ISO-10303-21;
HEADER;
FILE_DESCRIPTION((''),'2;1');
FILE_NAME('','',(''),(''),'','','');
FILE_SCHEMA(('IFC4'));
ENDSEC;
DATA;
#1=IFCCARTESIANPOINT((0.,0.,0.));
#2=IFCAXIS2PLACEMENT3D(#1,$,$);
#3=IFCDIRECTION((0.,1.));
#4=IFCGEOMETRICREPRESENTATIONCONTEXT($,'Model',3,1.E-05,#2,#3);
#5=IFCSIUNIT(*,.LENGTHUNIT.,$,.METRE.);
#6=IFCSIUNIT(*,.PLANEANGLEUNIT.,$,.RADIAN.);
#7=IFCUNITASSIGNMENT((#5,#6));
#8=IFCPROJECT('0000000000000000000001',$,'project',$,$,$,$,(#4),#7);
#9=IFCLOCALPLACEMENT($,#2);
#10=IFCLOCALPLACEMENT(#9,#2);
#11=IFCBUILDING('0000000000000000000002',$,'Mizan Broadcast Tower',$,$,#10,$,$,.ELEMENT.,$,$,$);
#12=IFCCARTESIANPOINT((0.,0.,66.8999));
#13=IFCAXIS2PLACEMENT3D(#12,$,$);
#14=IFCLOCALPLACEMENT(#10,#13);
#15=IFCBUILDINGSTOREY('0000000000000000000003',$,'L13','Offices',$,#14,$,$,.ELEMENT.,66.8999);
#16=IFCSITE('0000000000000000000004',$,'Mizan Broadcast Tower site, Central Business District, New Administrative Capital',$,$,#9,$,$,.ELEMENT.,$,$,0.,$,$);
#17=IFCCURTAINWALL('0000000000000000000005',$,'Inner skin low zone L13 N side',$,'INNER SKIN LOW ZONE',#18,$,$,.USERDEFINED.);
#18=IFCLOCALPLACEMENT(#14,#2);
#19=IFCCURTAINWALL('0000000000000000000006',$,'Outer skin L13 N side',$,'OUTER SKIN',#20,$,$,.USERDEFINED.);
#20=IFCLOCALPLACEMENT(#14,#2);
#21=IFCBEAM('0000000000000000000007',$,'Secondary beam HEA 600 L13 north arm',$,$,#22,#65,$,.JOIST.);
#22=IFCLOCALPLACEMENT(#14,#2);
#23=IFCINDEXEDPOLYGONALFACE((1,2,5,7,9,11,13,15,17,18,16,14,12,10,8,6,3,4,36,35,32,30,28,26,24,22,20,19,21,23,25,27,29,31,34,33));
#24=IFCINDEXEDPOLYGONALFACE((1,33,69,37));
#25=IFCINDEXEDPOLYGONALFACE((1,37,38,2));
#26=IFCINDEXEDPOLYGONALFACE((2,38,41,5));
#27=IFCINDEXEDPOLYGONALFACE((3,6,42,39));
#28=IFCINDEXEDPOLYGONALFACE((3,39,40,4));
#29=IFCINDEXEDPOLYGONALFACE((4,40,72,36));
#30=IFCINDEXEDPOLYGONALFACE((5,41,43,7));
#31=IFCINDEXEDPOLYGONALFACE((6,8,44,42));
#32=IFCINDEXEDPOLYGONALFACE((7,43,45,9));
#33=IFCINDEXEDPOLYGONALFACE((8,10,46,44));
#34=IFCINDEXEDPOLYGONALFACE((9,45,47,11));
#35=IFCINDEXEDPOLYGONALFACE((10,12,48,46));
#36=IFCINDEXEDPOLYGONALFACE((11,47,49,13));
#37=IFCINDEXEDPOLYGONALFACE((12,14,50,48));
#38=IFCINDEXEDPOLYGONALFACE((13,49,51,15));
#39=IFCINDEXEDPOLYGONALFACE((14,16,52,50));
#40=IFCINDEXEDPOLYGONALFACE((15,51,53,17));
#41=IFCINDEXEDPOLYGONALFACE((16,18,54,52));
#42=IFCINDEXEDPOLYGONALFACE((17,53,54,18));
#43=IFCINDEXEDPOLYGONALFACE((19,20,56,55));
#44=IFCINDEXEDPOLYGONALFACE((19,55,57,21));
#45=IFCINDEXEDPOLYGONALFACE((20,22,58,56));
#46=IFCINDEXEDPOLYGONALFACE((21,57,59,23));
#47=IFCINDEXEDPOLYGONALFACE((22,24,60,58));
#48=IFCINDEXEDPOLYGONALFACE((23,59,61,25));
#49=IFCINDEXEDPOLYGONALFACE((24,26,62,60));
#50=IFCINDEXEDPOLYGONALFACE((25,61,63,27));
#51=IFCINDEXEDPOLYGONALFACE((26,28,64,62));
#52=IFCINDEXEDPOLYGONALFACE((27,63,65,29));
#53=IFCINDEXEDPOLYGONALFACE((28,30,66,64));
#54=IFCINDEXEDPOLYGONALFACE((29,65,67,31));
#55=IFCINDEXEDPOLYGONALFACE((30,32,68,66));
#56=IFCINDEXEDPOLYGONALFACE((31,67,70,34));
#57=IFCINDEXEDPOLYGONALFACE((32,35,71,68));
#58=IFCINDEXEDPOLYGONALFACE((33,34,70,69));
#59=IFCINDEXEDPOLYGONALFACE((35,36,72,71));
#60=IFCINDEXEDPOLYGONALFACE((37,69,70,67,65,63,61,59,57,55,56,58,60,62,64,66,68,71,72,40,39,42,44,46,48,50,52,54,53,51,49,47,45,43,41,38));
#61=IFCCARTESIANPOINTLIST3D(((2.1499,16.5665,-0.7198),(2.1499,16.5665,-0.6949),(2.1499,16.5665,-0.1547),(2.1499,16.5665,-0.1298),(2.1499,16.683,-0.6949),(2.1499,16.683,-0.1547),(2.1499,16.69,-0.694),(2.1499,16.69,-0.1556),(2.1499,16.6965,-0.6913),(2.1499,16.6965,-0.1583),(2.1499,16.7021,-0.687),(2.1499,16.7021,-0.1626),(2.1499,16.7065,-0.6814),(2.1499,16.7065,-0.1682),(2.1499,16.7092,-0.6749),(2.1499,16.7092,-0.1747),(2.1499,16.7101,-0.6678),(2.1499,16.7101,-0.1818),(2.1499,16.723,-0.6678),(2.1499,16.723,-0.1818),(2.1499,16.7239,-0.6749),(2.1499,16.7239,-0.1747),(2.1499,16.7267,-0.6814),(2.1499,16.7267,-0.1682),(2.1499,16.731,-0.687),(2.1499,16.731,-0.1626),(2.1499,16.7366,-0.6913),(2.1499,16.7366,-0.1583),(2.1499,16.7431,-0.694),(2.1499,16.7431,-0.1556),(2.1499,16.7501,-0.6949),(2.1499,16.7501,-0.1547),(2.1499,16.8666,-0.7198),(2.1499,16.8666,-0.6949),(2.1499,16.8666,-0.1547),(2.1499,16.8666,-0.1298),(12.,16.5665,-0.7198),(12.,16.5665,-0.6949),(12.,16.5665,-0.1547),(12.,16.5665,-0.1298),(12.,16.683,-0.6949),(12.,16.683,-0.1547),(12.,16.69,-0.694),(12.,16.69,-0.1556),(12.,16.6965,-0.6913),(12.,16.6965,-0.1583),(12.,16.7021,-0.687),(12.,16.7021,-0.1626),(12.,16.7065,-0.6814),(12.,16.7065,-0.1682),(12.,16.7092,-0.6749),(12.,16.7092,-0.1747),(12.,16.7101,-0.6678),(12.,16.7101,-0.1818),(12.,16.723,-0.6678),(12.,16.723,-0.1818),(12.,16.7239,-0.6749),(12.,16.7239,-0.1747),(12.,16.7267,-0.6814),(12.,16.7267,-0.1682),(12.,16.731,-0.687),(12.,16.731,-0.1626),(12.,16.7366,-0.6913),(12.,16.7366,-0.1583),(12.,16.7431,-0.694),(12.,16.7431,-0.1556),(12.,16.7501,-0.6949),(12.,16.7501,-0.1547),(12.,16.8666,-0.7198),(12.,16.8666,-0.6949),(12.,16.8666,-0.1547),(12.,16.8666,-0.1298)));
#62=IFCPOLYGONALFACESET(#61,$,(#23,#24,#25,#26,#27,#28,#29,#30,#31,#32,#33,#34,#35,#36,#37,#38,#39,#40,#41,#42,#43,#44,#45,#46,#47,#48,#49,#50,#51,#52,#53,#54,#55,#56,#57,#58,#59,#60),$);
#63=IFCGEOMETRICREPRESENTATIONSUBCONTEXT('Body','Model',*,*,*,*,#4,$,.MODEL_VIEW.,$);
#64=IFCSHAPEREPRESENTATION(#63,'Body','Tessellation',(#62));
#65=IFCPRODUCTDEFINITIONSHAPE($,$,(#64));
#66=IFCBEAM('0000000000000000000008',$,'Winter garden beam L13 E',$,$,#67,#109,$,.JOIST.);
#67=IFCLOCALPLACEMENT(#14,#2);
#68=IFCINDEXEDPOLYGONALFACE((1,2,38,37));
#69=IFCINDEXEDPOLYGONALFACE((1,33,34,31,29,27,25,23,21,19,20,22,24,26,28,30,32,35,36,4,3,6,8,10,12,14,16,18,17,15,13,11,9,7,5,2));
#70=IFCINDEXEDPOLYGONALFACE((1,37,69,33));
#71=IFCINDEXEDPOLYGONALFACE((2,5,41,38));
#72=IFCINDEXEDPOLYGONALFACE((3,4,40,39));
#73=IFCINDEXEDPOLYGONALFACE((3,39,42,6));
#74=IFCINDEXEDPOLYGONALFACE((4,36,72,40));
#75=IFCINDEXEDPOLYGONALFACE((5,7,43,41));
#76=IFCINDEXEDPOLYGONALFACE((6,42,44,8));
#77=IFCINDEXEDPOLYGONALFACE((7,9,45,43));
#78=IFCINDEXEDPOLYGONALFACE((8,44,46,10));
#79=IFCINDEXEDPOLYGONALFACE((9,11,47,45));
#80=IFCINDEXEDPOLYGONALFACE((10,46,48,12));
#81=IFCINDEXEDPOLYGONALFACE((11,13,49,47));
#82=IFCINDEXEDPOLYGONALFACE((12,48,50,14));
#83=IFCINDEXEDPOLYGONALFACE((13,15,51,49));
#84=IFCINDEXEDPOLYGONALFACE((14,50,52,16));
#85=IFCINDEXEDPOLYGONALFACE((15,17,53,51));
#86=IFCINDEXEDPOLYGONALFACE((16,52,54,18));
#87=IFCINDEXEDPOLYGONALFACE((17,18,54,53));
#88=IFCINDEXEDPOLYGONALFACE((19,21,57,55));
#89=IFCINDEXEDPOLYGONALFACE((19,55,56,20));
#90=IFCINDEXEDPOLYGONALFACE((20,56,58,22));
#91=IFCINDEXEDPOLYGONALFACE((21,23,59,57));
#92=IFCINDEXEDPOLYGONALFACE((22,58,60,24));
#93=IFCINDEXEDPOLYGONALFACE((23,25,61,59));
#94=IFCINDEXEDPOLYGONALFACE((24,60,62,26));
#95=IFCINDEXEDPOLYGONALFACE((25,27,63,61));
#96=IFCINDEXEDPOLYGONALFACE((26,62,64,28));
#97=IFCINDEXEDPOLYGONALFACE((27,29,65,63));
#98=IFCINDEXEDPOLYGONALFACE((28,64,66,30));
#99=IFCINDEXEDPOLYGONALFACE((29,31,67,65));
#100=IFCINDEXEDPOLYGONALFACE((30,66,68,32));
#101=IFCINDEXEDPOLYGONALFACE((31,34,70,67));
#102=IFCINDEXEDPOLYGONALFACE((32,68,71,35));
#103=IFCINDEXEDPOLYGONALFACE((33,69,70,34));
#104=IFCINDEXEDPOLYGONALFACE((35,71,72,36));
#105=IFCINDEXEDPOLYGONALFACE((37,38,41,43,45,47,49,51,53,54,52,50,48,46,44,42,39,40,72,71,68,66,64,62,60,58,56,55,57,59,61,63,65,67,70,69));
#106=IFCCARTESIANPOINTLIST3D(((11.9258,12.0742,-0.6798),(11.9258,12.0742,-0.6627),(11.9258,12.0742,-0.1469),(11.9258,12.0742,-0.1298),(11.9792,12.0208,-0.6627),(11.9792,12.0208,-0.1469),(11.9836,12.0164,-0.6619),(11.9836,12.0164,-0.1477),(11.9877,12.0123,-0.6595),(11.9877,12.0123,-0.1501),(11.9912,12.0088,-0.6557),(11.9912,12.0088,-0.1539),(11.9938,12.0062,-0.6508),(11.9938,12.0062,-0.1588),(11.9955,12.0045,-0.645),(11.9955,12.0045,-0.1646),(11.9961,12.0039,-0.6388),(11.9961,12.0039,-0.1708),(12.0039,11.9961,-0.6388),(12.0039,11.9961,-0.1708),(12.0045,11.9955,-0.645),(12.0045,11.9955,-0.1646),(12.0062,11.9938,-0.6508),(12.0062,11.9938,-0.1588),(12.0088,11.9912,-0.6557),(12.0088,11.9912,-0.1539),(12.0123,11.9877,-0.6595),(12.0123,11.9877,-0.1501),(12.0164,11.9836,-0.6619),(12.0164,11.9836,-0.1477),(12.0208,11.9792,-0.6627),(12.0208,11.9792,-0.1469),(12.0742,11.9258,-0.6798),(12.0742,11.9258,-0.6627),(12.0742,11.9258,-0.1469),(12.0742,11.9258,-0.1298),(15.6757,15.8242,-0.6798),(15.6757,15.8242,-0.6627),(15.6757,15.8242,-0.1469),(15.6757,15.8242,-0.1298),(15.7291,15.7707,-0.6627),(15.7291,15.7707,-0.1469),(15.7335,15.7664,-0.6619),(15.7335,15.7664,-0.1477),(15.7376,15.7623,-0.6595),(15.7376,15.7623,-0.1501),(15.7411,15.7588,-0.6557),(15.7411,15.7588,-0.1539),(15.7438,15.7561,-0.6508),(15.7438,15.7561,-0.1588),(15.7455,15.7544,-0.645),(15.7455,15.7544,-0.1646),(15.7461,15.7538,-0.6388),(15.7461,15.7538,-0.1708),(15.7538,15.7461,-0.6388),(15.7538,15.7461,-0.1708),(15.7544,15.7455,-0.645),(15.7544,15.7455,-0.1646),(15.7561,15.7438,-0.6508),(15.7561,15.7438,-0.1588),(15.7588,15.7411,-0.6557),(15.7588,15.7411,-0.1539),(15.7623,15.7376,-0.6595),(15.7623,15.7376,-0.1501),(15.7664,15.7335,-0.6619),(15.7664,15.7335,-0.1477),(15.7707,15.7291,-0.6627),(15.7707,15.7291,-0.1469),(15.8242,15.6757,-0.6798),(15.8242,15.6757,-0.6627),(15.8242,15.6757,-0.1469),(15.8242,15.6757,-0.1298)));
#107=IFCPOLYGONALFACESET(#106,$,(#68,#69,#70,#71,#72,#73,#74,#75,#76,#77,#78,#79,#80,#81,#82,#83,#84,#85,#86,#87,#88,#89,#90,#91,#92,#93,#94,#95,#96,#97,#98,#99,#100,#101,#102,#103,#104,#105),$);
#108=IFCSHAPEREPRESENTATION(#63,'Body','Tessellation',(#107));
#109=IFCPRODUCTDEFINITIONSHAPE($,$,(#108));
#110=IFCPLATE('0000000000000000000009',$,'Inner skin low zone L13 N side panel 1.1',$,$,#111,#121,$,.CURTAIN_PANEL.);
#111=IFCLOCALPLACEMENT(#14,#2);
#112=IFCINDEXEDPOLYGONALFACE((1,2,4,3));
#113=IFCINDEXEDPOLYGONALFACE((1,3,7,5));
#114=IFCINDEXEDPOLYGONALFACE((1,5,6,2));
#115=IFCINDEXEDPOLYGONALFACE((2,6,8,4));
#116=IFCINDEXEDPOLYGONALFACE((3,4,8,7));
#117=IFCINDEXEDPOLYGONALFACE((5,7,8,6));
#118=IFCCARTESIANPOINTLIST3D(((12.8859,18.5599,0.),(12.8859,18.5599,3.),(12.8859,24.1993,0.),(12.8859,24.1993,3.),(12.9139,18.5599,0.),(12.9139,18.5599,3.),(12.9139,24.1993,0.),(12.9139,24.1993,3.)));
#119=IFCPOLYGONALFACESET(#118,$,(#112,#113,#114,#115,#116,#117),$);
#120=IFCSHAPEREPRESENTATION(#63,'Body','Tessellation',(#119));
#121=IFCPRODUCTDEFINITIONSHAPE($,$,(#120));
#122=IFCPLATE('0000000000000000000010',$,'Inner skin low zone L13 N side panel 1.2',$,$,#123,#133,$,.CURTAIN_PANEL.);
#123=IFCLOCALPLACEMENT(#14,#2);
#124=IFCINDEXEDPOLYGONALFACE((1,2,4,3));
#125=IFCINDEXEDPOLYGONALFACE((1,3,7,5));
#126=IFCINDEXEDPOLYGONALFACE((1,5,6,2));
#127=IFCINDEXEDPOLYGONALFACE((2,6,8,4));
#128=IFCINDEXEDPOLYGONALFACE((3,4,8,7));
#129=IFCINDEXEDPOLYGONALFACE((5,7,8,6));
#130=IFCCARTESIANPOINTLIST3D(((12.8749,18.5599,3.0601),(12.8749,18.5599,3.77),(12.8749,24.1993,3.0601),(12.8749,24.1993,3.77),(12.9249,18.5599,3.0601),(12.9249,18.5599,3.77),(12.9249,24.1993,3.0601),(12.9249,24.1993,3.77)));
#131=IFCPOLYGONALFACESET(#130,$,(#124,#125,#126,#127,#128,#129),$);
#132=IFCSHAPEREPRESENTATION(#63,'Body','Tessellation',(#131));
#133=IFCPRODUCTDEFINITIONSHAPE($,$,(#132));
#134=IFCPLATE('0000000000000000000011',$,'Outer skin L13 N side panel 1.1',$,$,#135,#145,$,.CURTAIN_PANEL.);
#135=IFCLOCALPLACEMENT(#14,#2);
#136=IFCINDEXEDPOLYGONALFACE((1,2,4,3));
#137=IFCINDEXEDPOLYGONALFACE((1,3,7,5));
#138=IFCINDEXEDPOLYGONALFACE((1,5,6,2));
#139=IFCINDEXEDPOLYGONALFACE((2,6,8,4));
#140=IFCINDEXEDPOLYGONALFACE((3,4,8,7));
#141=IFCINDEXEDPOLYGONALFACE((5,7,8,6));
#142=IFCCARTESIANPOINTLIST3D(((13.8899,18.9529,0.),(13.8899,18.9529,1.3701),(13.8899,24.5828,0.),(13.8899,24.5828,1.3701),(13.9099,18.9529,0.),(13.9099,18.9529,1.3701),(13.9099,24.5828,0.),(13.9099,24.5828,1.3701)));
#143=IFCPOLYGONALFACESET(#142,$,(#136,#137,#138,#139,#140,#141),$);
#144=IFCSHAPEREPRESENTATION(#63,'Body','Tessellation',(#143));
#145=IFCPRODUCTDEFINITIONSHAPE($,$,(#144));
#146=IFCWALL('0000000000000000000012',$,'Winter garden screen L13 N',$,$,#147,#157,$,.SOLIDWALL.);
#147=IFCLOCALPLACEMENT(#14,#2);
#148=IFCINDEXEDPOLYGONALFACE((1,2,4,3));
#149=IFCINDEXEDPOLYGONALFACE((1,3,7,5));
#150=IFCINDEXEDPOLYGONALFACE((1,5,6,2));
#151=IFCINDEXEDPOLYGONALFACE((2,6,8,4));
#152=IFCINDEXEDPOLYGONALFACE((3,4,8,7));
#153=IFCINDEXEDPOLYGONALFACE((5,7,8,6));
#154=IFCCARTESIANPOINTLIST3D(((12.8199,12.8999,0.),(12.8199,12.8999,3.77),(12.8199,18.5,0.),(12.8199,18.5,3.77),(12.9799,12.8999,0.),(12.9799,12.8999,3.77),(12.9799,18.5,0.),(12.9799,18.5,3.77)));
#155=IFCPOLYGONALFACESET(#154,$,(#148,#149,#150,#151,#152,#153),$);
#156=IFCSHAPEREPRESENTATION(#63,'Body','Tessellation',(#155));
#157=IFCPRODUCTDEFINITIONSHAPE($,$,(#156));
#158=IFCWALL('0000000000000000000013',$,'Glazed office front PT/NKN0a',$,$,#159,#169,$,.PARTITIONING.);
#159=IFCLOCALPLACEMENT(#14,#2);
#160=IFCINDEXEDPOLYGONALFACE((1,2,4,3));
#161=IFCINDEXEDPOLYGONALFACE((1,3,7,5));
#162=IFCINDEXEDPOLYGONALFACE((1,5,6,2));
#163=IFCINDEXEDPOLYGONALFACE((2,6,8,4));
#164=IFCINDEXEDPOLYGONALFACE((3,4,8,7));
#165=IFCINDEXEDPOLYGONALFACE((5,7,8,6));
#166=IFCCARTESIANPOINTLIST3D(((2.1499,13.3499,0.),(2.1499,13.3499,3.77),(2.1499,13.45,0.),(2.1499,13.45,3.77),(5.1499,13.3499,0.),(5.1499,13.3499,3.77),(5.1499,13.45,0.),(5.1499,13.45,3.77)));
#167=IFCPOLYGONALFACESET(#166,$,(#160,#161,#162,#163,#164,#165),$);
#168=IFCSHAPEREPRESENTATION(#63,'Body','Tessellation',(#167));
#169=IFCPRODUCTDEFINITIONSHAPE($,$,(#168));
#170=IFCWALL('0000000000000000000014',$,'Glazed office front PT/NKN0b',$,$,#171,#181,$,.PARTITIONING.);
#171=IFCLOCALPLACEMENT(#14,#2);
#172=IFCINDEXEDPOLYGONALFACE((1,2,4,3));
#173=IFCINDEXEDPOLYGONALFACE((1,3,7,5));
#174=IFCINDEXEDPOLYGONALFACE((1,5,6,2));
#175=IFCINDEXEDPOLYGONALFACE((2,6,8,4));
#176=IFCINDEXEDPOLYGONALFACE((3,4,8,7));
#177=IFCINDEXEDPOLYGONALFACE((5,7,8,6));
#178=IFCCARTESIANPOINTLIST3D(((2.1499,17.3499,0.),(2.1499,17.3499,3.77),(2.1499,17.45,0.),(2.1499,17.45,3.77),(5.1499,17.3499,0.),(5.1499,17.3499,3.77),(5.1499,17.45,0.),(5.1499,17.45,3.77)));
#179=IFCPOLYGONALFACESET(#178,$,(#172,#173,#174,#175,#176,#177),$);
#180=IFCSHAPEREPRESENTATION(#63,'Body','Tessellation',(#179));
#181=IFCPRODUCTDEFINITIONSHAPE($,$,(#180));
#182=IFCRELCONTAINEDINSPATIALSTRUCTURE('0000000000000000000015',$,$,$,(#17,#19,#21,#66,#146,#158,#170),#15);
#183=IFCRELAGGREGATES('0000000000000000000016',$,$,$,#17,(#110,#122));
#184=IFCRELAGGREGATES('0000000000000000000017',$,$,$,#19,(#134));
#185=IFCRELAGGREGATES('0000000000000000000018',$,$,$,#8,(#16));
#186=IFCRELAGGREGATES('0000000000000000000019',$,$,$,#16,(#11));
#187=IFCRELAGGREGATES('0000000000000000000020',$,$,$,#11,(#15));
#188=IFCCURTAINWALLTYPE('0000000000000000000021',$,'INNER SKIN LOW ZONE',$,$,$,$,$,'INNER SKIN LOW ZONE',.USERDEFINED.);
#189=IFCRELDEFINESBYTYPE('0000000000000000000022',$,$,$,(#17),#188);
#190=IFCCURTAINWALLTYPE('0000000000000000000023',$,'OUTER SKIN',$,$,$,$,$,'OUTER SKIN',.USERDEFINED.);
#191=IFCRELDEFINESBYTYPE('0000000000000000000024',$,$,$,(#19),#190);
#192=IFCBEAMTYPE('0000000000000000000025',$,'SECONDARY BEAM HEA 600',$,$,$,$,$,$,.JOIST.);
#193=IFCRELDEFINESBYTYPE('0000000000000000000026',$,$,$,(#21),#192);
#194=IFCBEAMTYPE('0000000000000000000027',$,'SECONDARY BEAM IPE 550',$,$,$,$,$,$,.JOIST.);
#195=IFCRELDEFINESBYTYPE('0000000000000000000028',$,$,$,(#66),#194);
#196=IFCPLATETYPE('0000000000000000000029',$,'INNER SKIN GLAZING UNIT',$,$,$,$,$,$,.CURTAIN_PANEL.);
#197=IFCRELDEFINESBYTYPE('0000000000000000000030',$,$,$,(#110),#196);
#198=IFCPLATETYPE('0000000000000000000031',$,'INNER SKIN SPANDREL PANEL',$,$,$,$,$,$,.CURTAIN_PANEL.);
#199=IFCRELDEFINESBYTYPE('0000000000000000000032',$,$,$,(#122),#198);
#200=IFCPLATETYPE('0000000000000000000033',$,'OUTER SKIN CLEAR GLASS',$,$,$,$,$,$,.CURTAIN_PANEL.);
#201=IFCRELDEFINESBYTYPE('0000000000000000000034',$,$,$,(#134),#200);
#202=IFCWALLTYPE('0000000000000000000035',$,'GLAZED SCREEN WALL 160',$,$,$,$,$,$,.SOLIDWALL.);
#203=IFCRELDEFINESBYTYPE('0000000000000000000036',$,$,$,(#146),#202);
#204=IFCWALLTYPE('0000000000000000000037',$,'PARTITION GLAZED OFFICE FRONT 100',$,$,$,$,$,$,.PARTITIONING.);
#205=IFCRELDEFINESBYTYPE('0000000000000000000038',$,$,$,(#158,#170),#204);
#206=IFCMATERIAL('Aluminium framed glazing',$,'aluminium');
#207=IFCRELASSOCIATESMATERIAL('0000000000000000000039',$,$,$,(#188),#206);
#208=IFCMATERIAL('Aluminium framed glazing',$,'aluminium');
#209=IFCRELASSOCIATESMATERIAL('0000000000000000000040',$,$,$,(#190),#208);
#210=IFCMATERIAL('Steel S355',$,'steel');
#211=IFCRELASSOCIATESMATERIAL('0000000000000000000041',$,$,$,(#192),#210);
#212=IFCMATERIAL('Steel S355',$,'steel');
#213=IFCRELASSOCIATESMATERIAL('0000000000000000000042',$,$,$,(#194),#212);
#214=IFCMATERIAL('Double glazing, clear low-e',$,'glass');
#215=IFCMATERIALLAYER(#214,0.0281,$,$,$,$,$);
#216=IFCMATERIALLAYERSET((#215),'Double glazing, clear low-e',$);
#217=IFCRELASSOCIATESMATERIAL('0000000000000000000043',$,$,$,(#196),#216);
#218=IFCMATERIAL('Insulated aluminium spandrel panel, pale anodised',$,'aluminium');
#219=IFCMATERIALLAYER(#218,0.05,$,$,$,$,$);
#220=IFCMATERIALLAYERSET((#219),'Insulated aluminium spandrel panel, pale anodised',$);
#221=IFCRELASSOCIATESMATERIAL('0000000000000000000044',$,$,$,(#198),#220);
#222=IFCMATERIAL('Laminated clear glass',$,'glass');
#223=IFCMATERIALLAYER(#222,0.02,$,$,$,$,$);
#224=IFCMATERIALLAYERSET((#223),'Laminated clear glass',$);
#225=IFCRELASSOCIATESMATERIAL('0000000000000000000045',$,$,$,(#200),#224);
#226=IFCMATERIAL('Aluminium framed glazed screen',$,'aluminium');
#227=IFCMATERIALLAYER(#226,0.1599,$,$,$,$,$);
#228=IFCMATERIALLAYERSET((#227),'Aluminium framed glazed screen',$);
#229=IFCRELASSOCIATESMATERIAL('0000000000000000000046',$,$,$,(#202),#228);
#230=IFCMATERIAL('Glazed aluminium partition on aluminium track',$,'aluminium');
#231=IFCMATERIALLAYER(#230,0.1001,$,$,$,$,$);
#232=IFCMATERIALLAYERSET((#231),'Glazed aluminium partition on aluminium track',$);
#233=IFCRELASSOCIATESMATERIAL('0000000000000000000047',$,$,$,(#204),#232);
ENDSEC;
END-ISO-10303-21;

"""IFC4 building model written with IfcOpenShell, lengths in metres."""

from ifc_helpers import new_model, si_unit, direction, frame, frame_2d, origin, origin_2d, place, context, subcontext, project, spatial, rectangle, i_section, extrude, material, layer, layer_set, material_profile, profile_set, type_object, element, aggregate, save


model = new_model("IFC4")

# Units and contexts
model_context = context("Model", 3, precision=1e-05, world=origin(), true_north=direction((0.0, 1.0)))
body_context = subcontext(model_context, "Body", "Model", "MODEL_VIEW")
ifc_project = project(units=[si_unit("LENGTHUNIT", "METRE"), si_unit("PLANEANGLEUNIT", "RADIAN")], contexts=[model_context])

# Site, building, storey
site_placement = place(None, origin())
site = spatial("IfcSite", under=ifc_project, at=site_placement, Name="Mizan Broadcast Tower site, Central Business District, New Administrative Capital", CompositionType="ELEMENT", RefElevation=0.0)
building_placement = place(site_placement, origin())
building = spatial("IfcBuilding", under=site, at=building_placement, Name="Mizan Broadcast Tower", CompositionType="ELEMENT")
storey_placement = place(building_placement, frame((0.0, 0.0, 66.8999)))
storey = spatial("IfcBuildingStorey", under=building, at=storey_placement, Name="L13", Description="Offices", CompositionType="ELEMENT", Elevation=66.8999)

# Curtain walls
ifc_material_1 = material(Name="Aluminium framed glazing", Category="aluminium")
curtain_wall_type_1 = type_object("IfcCurtainWallType", Name="INNER SKIN LOW ZONE", ElementType="INNER SKIN LOW ZONE", PredefinedType="USERDEFINED", material=ifc_material_1)
curtain_wall_1_placement = place(storey_placement, origin())
curtain_wall_1 = element("IfcCurtainWall", 1, at=curtain_wall_1_placement, inside=storey, type_object=curtain_wall_type_1, Name="Inner skin low zone L13 N side", ObjectType="INNER SKIN LOW ZONE", PredefinedType="USERDEFINED")
ifc_material_2 = material(Name="Aluminium framed glazing", Category="aluminium")
curtain_wall_type_2 = type_object("IfcCurtainWallType", Name="OUTER SKIN", ElementType="OUTER SKIN", PredefinedType="USERDEFINED", material=ifc_material_2)
curtain_wall_2_placement = place(storey_placement, origin())
curtain_wall_2 = element("IfcCurtainWall", 2, at=curtain_wall_2_placement, inside=storey, type_object=curtain_wall_type_2, Name="Outer skin L13 N side", ObjectType="OUTER SKIN", PredefinedType="USERDEFINED")

# Beams
ifc_material_3 = material(Name="Steel S355", Category="steel")
ifc_material_profile_1 = material_profile(ifc_material_3, i_section(OverallWidth=0.3, OverallDepth=0.5901, WebThickness=0.0129, FlangeThickness=0.0249, FilletRadius=0.0271, at=origin_2d()), Name="HEA 600")
ifc_profile_set_1 = profile_set([ifc_material_profile_1], Name="Steel S355")
beam_type_1 = type_object("IfcBeamType", Name="SECONDARY BEAM HEA 600", PredefinedType="JOIST", material=ifc_profile_set_1)
for number, where, z_axis, x_axis, name in (
    (3, (12.0, 16.7166, -0.4248), (-1.0, 0.0, 0.0), (0.0, -1.0, 0.0), "Secondary beam HEA 600 L13 north arm"),
):
    element("IfcBeam", number, at=place(storey_placement, frame(where, z_axis=z_axis, x_axis=x_axis)), inside=storey, type_object=beam_type_1, Name=name, PredefinedType="JOIST", context=body_context, shape_type="SweptSolid", body=[
        extrude(i_section(OverallWidth=0.3, OverallDepth=0.5901, WebThickness=0.0129, FlangeThickness=0.0249, FilletRadius=0.0271, at=origin_2d()), origin(), (0.0, 0.0, 1.0), 9.8501),
    ])
ifc_material_4 = material(Name="Steel S355", Category="steel")
ifc_material_profile_2 = material_profile(ifc_material_4, i_section(OverallWidth=0.21, OverallDepth=0.55, WebThickness=0.011, FlangeThickness=0.0171, FilletRadius=0.0239, at=origin_2d()), Name="IPE 550")
ifc_profile_set_2 = profile_set([ifc_material_profile_2], Name="Steel S355")
beam_type_2 = type_object("IfcBeamType", Name="SECONDARY BEAM IPE 550", PredefinedType="JOIST", material=ifc_profile_set_2)
beam_1_placement = place(storey_placement, frame((12.0, 12.0, -0.4048), z_axis=(0.707107, 0.707107, 0.0), x_axis=(-0.707107, 0.707107, 0.0)))
element("IfcBeam", 4, at=beam_1_placement, inside=storey, type_object=beam_type_2, Name="Winter garden beam L13 E", PredefinedType="JOIST", context=body_context, shape_type="SweptSolid", body=[
    extrude(i_section(OverallWidth=0.21, OverallDepth=0.55, WebThickness=0.011, FlangeThickness=0.0171, FilletRadius=0.0239, at=origin_2d()), origin(), (0.0, 0.0, 1.0), 5.3032),
])

# Plates
ifc_material_5 = material(Name="Double glazing, clear low-e", Category="glass")
ifc_layer_1 = layer(ifc_material_5, 0.0281)
ifc_layer_set_1 = layer_set([ifc_layer_1], Name="Double glazing, clear low-e")
plate_type_1 = type_object("IfcPlateType", Name="INNER SKIN GLAZING UNIT", PredefinedType="CURTAIN_PANEL", material=ifc_layer_set_1)
plate_1_placement = place(storey_placement, frame((12.8999, 21.3796, 0.0), z_axis=(0.0, 0.0, 1.0), x_axis=(0.0, 1.0, 0.0)))
plate_1 = element("IfcPlate", 5, at=plate_1_placement, type_object=plate_type_1, Name="Inner skin low zone L13 N side panel 1.1", PredefinedType="CURTAIN_PANEL", context=body_context, shape_type="SweptSolid", body=[
    extrude(rectangle(XDim=5.6394, YDim=0.0281, at=origin_2d()), origin(), (0.0, 0.0, 1.0), 3.0),
])
ifc_material_6 = material(Name="Insulated aluminium spandrel panel, pale anodised", Category="aluminium")
ifc_layer_2 = layer(ifc_material_6, 0.05)
ifc_layer_set_2 = layer_set([ifc_layer_2], Name="Insulated aluminium spandrel panel, pale anodised")
plate_type_2 = type_object("IfcPlateType", Name="INNER SKIN SPANDREL PANEL", PredefinedType="CURTAIN_PANEL", material=ifc_layer_set_2)
plate_2_placement = place(storey_placement, frame((12.8999, 21.3796, 3.0601), z_axis=(0.0, 0.0, 1.0), x_axis=(0.0, 1.0, 0.0)))
plate_2 = element("IfcPlate", 6, at=plate_2_placement, type_object=plate_type_2, Name="Inner skin low zone L13 N side panel 1.2", PredefinedType="CURTAIN_PANEL", context=body_context, shape_type="SweptSolid", body=[
    extrude(rectangle(XDim=5.6394, YDim=0.05, at=origin_2d()), origin(), (0.0, 0.0, 1.0), 0.71),
])
aggregate(curtain_wall_1, [plate_1, plate_2])
ifc_material_7 = material(Name="Laminated clear glass", Category="glass")
ifc_layer_3 = layer(ifc_material_7, 0.02)
ifc_layer_set_3 = layer_set([ifc_layer_3], Name="Laminated clear glass")
plate_type_3 = type_object("IfcPlateType", Name="OUTER SKIN CLEAR GLASS", PredefinedType="CURTAIN_PANEL", material=ifc_layer_set_3)
plate_3_placement = place(storey_placement, frame((13.8999, 21.7678, 0.0), z_axis=(0.0, 0.0, 1.0), x_axis=(0.0, 1.0, 0.0)))
plate_3 = element("IfcPlate", 7, at=plate_3_placement, type_object=plate_type_3, Name="Outer skin L13 N side panel 1.1", PredefinedType="CURTAIN_PANEL", context=body_context, shape_type="SweptSolid", body=[
    extrude(rectangle(XDim=5.6299, YDim=0.02, at=origin_2d()), origin(), (0.0, 0.0, 1.0), 1.3701),
])
aggregate(curtain_wall_2, [plate_3])

# Walls
ifc_material_8 = material(Name="Aluminium framed glazed screen", Category="aluminium")
ifc_layer_4 = layer(ifc_material_8, 0.1599)
ifc_layer_set_4 = layer_set([ifc_layer_4], Name="Aluminium framed glazed screen")
wall_type_1 = type_object("IfcWallType", Name="GLAZED SCREEN WALL 160", PredefinedType="SOLIDWALL", material=ifc_layer_set_4)
wall_1_placement = place(storey_placement, frame((12.8999, 12.8999, 0.0), z_axis=(0.0, 0.0, 1.0), x_axis=(0.0, 1.0, 0.0)))
element("IfcWall", 8, at=wall_1_placement, inside=storey, type_object=wall_type_1, Name="Winter garden screen L13 N", PredefinedType="SOLIDWALL", context=body_context, shape_type="SweptSolid", body=[
    extrude(rectangle(XDim=5.6001, YDim=0.1599, at=frame_2d((2.8, 0.0))), origin(), (0.0, 0.0, 1.0), 3.77),
])
ifc_material_9 = material(Name="Glazed aluminium partition on aluminium track", Category="aluminium")
ifc_layer_5 = layer(ifc_material_9, 0.1001)
ifc_layer_set_5 = layer_set([ifc_layer_5], Name="Glazed aluminium partition on aluminium track")
wall_type_2 = type_object("IfcWallType", Name="PARTITION GLAZED OFFICE FRONT 100", PredefinedType="PARTITIONING", material=ifc_layer_set_5)
for number, where, z_axis, x_axis, name in (
    (9, (2.1499, 13.3999, 0.0), (0.0, 0.0, 1.0), (1.0, 0.0, 0.0), "Glazed office front PT/NKN0a"),
    (10, (2.1499, 17.3999, 0.0), (0.0, 0.0, 1.0), (1.0, 0.0, 0.0), "Glazed office front PT/NKN0b"),
):
    element("IfcWall", number, at=place(storey_placement, frame(where, z_axis=z_axis, x_axis=x_axis)), inside=storey, type_object=wall_type_2, Name=name, PredefinedType="PARTITIONING", context=body_context, shape_type="SweptSolid", body=[
        extrude(rectangle(XDim=3.0, YDim=0.1001, at=frame_2d((1.5, 0.0))), origin(), (0.0, 0.0, 1.0), 3.77),
    ])

save(model, "model.ifc")
